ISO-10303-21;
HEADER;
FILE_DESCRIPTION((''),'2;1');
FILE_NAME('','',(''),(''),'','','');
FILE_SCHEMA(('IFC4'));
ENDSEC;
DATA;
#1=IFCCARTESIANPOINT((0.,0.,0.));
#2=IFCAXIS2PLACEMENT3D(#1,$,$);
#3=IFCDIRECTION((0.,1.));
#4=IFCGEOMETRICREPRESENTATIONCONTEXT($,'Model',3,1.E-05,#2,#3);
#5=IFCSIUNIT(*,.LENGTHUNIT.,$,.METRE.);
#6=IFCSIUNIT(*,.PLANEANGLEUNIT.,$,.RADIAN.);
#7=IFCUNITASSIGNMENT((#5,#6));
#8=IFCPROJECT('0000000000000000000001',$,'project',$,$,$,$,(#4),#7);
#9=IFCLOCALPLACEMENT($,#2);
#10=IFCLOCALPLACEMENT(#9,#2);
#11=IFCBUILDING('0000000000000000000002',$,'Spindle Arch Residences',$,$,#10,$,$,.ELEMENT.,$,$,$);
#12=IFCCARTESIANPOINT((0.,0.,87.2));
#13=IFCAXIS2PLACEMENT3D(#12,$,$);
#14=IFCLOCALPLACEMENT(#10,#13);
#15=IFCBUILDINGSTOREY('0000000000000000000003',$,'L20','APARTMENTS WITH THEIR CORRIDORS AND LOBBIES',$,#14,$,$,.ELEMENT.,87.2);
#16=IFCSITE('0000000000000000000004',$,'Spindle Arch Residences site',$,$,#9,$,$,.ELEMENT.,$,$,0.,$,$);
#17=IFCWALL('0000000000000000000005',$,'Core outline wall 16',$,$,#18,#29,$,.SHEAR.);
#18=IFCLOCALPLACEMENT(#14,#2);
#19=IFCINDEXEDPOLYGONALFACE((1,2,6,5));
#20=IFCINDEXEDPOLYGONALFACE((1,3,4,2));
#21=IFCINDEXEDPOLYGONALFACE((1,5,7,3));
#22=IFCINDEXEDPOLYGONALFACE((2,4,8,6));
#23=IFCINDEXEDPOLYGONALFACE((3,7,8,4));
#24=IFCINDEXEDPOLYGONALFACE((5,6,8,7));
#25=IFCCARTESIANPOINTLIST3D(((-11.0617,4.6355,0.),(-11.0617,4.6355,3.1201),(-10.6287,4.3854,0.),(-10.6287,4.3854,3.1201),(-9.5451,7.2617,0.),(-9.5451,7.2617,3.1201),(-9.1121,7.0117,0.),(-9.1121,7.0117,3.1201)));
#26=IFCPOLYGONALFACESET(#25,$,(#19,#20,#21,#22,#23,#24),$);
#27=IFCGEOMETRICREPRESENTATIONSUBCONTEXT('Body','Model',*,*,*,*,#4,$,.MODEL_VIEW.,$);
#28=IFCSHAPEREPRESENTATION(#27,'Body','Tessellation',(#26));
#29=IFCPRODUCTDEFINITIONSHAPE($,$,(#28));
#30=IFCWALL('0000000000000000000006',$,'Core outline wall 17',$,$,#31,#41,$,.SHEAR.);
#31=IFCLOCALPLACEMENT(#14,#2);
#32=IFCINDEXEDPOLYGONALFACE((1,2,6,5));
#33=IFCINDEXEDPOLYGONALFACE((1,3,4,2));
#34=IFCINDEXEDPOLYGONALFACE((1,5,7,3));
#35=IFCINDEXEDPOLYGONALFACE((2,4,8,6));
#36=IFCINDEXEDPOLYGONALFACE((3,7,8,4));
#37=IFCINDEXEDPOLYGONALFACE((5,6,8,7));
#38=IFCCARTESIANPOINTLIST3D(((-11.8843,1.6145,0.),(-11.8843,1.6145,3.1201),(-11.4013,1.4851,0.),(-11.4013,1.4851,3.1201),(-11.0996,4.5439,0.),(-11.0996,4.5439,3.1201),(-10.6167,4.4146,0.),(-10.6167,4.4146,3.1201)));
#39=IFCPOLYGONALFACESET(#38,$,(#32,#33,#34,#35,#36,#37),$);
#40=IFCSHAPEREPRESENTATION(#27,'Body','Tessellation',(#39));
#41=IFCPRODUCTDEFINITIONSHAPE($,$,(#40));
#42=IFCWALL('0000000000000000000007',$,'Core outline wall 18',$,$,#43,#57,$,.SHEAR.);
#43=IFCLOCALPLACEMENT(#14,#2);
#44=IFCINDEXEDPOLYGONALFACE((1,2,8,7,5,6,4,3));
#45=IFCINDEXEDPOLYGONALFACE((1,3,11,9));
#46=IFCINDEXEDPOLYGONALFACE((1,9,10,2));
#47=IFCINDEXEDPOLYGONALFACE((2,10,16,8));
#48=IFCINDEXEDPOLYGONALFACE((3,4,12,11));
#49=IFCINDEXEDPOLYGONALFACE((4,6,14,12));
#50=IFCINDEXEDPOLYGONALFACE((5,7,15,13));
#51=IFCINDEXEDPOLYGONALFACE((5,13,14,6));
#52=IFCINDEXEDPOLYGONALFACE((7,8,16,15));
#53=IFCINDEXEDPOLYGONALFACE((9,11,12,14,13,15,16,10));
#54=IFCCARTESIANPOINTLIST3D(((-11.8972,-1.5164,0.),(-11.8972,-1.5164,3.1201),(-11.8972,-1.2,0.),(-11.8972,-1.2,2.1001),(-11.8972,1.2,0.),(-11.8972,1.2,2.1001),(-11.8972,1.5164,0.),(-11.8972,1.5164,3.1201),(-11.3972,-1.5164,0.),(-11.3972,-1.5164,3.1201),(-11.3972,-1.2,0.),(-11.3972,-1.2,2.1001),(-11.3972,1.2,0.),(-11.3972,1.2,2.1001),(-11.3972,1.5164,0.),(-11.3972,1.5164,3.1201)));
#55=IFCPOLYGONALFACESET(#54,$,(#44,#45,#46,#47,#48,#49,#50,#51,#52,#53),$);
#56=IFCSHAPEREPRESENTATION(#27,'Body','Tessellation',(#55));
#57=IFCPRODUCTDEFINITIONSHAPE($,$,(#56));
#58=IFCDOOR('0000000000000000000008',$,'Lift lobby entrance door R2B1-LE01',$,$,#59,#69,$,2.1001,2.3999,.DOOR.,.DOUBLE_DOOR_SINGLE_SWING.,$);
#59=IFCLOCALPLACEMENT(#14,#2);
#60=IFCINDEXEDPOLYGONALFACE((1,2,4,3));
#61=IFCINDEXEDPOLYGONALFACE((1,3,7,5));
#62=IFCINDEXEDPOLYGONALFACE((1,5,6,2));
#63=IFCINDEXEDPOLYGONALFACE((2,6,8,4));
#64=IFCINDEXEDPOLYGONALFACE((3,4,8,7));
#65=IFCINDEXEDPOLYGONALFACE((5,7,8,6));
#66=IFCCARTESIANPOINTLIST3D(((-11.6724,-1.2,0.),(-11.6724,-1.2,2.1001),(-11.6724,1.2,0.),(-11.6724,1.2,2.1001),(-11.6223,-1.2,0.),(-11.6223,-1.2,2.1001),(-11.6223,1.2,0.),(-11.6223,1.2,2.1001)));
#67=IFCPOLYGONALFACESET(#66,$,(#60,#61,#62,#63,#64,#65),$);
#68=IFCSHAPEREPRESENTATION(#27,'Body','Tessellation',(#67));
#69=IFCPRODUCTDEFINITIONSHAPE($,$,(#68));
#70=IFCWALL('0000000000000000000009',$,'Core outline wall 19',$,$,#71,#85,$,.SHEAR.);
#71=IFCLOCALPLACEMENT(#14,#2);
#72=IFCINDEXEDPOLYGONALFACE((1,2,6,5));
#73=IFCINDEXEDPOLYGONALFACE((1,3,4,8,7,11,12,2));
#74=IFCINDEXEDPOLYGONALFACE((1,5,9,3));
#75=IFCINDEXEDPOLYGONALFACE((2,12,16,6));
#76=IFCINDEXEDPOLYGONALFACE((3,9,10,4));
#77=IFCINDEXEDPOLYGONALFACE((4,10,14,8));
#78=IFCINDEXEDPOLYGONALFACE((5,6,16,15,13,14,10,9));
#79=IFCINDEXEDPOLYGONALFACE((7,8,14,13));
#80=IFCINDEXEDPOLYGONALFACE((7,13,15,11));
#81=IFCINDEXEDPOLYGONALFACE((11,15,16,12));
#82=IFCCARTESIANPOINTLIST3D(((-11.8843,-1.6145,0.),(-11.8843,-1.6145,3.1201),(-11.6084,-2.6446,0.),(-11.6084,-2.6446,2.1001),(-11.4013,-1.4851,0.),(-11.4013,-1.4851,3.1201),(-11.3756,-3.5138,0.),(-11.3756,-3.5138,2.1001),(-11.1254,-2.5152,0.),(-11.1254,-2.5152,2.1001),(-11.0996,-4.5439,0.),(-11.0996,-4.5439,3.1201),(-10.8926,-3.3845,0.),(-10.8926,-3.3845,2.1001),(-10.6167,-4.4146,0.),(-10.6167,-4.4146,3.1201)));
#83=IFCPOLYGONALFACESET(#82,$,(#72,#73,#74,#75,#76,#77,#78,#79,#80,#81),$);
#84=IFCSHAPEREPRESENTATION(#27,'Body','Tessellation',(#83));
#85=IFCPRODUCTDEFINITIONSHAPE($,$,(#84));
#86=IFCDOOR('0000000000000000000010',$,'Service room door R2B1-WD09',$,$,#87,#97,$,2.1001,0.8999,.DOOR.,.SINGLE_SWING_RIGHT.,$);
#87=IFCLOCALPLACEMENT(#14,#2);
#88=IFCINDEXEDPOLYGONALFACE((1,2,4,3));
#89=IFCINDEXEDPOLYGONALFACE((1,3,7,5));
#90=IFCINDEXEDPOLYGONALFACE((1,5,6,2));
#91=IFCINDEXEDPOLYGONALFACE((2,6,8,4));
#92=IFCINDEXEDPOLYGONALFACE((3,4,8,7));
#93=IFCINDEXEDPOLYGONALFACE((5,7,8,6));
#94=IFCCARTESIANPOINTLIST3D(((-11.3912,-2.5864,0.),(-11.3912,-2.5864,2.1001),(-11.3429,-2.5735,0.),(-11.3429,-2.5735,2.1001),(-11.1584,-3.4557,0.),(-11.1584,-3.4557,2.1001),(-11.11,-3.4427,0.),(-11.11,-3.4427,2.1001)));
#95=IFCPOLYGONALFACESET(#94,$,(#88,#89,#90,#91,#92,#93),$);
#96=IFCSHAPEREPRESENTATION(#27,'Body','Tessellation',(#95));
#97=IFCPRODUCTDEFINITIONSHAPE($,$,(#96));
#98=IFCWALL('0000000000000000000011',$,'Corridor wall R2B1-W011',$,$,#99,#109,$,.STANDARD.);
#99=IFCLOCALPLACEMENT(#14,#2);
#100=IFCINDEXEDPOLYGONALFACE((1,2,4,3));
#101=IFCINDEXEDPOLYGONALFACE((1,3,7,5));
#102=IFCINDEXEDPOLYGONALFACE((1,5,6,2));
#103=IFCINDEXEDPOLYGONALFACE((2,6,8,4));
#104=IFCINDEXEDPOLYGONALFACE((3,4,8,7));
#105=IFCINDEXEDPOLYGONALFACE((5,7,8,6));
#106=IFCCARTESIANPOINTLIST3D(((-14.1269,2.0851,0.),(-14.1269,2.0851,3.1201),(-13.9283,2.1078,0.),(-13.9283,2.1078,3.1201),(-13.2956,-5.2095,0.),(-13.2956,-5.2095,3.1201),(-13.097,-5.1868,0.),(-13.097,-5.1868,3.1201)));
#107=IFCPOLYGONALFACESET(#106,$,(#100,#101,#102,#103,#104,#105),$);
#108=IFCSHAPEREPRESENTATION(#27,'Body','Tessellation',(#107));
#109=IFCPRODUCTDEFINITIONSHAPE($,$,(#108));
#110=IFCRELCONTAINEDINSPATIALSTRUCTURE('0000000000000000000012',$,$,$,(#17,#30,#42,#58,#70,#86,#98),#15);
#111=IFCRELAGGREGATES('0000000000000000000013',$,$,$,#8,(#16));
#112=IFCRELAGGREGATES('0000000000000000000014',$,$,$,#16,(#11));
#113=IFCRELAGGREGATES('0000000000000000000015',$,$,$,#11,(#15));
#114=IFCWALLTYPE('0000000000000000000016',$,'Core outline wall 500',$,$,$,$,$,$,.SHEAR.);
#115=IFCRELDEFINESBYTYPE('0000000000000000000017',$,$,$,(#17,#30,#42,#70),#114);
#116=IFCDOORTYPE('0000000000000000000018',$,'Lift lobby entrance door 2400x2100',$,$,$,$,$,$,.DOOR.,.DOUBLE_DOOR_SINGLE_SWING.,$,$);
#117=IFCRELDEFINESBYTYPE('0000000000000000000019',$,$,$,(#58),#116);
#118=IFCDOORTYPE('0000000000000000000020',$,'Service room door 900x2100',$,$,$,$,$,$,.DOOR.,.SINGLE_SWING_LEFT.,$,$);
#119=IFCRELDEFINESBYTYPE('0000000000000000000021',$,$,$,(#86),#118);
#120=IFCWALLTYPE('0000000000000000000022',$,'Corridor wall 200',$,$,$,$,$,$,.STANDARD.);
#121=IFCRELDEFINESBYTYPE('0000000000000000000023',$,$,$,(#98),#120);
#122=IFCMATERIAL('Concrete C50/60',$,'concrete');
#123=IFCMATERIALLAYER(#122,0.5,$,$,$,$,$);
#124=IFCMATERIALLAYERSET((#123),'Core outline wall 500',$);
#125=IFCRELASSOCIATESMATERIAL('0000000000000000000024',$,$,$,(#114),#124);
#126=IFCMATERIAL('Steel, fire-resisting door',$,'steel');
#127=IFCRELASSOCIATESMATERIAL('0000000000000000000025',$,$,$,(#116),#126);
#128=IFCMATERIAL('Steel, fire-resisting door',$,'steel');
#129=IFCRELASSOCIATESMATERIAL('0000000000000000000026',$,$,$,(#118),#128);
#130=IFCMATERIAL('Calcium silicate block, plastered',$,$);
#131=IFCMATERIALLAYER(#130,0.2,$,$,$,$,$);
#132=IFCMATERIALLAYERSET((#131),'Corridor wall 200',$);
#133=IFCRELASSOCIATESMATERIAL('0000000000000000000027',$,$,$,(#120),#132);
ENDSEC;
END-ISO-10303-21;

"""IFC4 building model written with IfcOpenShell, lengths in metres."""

from ifc_helpers import new_model, si_unit, direction, frame, frame_2d, origin, place, context, subcontext, project, spatial, rectangle, extrude, material, layer, layer_set, type_object, element, fill, save


model = new_model("IFC4")

# Units and contexts
model_context = context("Model", 3, precision=1e-05, world=origin(), true_north=direction((0.0, 1.0)))
body_context = subcontext(model_context, "Body", "Model", "MODEL_VIEW")
ifc_project = project(units=[si_unit("LENGTHUNIT", "METRE"), si_unit("PLANEANGLEUNIT", "RADIAN")], contexts=[model_context])

# Site, building, storey
site_placement = place(None, origin())
site = spatial("IfcSite", under=ifc_project, at=site_placement, Name="Spindle Arch Residences site", CompositionType="ELEMENT", RefElevation=0.0)
building_placement = place(site_placement, origin())
building = spatial("IfcBuilding", under=site, at=building_placement, Name="Spindle Arch Residences", CompositionType="ELEMENT")
storey_placement = place(building_placement, frame((0.0, 0.0, 87.2)))
storey = spatial("IfcBuildingStorey", under=building, at=storey_placement, Name="L20", Description="APARTMENTS WITH THEIR CORRIDORS AND LOBBIES", CompositionType="ELEMENT", Elevation=87.2)

# Walls
ifc_material_1 = material(Name="Concrete C50/60", Category="concrete")
ifc_layer_1 = layer(ifc_material_1, 0.5)
ifc_layer_set_1 = layer_set([ifc_layer_1], Name="Core outline wall 500")
wall_type_1 = type_object("IfcWallType", Name="Core outline wall 500", PredefinedType="SHEAR", material=ifc_layer_set_1)
for number, where, z_axis, x_axis, name in (
    (1, (-9.3286, 7.1367, 0.0), (0.0, 0.0, 1.0), (-0.500087, -0.865975, 0.0), "Core outline wall 16"),
    (2, (-10.8582, 4.4792, 0.0), (0.0, 0.0, 1.0), (-0.258735, -0.965948, 0.0), "Core outline wall 17"),
):
    element("IfcWall", number, at=place(storey_placement, frame(where, z_axis=z_axis, x_axis=x_axis)), inside=storey, type_object=wall_type_1, Name=name, PredefinedType="SHEAR", context=body_context, shape_type="SweptSolid", body=[
        extrude(rectangle(XDim=3.0327, YDim=0.5, at=frame_2d((1.5164, 0.0))), origin(), (0.0, 0.0, 1.0), 3.1201),
    ])

# Walls, openings, doors
wall_1_placement = place(storey_placement, frame((-11.6472, 1.5164, 0.0), z_axis=(0.0, 0.0, 1.0), x_axis=(0.0, -1.0, 0.0)))
wall_1 = element("IfcWall", 3, at=wall_1_placement, inside=storey, type_object=wall_type_1, Name="Core outline wall 18", PredefinedType="SHEAR", context=body_context, shape_type="SweptSolid", body=[
    extrude(rectangle(XDim=3.0327, YDim=0.5, at=frame_2d((1.5164, 0.0))), origin(), (0.0, 0.0, 1.0), 3.1201),
])
opening_1_placement = place(wall_1_placement, frame((0.3164, 0.0, 0.0)))
opening_1 = element("IfcOpeningElement", 4, at=opening_1_placement, cuts=wall_1, PredefinedType="OPENING", context=body_context, shape_type="SweptSolid", body=[
    extrude(rectangle(XDim=2.3999, YDim=2.1001, at=frame_2d((1.2, 1.05))), frame((0.0, 0.26, 0.0), z_axis=(0.0, -1.0, 0.0), x_axis=(1.0, 0.0, 0.0)), (0.0, 0.0, 1.0), 0.52),
])
ifc_material_2 = material(Name="Steel, fire-resisting door", Category="steel")
door_type_1 = type_object("IfcDoorType", Name="Lift lobby entrance door 2400x2100", OperationType="DOUBLE_DOOR_SINGLE_SWING", PredefinedType="DOOR", material=ifc_material_2)
door_1_placement = place(opening_1_placement, origin())
door_1 = element("IfcDoor", 5, at=door_1_placement, inside=storey, type_object=door_type_1, Name="Lift lobby entrance door R2B1-LE01", OperationType="DOUBLE_DOOR_SINGLE_SWING", OverallHeight=2.1001, OverallWidth=2.3999, PredefinedType="DOOR", context=body_context, shape_type="SweptSolid", body=[
    extrude(rectangle(XDim=2.3999, YDim=2.1001, at=frame_2d((1.2, 1.05))), frame((0.0, 0.0249, 0.0), z_axis=(0.0, -1.0, 0.0), x_axis=(1.0, 0.0, 0.0)), (0.0, 0.0, 1.0), 0.05),
])
fill(opening_1, door_1)
wall_2_placement = place(storey_placement, frame((-11.6428, -1.5498, 0.0), z_axis=(0.0, 0.0, 1.0), x_axis=(0.258735, -0.965948, 0.0)))
wall_2 = element("IfcWall", 6, at=wall_2_placement, inside=storey, type_object=wall_type_1, Name="Core outline wall 19", PredefinedType="SHEAR", context=body_context, shape_type="SweptSolid", body=[
    extrude(rectangle(XDim=3.0327, YDim=0.5, at=frame_2d((1.5164, 0.0))), origin(), (0.0, 0.0, 1.0), 3.1201),
])
opening_2_placement = place(wall_2_placement, frame((1.0664, 0.0, 0.0)))
opening_2 = element("IfcOpeningElement", 7, at=opening_2_placement, cuts=wall_2, PredefinedType="OPENING", context=body_context, shape_type="SweptSolid", body=[
    extrude(rectangle(XDim=0.8999, YDim=2.1001, at=frame_2d((0.45, 1.05))), frame((0.0, 0.26, 0.0), z_axis=(0.0, -1.0, 0.0), x_axis=(1.0, 0.0, 0.0)), (0.0, 0.0, 1.0), 0.52),
])
ifc_material_3 = material(Name="Steel, fire-resisting door", Category="steel")
door_type_2 = type_object("IfcDoorType", Name="Service room door 900x2100", OperationType="SINGLE_SWING_LEFT", PredefinedType="DOOR", material=ifc_material_3)
door_2_placement = place(opening_2_placement, origin())
door_2 = element("IfcDoor", 8, at=door_2_placement, inside=storey, type_object=door_type_2, Name="Service room door R2B1-WD09", OperationType="SINGLE_SWING_RIGHT", OverallHeight=2.1001, OverallWidth=0.8999, PredefinedType="DOOR", context=body_context, shape_type="SweptSolid", body=[
    extrude(rectangle(XDim=0.8999, YDim=2.1001, at=frame_2d((0.45, 1.05))), frame((0.0, 0.0249, 0.0), z_axis=(0.0, -1.0, 0.0), x_axis=(1.0, 0.0, 0.0)), (0.0, 0.0, 1.0), 0.05),
])
fill(opening_2, door_2)

# Wall
ifc_material_4 = material(Name="Calcium silicate block, plastered")
ifc_layer_2 = layer(ifc_material_4, 0.2)
ifc_layer_set_2 = layer_set([ifc_layer_2], Name="Corridor wall 200")
wall_type_2 = type_object("IfcWallType", Name="Corridor wall 200", PredefinedType="STANDARD", material=ifc_layer_set_2)
wall_3_placement = place(storey_placement, frame((-14.0276, 2.0964, 0.0), z_axis=(0.0, 0.0, 1.0), x_axis=(0.113227, -0.993569, 0.0)))
element("IfcWall", 9, at=wall_3_placement, inside=storey, type_object=wall_type_2, Name="Corridor wall R2B1-W011", PredefinedType="STANDARD", context=body_context, shape_type="SweptSolid", body=[
    extrude(rectangle(XDim=7.3418, YDim=0.2, at=frame_2d((3.6709, 0.0))), origin(), (0.0, 0.0, 1.0), 3.1201),
])

save(model, "model.ifc")
